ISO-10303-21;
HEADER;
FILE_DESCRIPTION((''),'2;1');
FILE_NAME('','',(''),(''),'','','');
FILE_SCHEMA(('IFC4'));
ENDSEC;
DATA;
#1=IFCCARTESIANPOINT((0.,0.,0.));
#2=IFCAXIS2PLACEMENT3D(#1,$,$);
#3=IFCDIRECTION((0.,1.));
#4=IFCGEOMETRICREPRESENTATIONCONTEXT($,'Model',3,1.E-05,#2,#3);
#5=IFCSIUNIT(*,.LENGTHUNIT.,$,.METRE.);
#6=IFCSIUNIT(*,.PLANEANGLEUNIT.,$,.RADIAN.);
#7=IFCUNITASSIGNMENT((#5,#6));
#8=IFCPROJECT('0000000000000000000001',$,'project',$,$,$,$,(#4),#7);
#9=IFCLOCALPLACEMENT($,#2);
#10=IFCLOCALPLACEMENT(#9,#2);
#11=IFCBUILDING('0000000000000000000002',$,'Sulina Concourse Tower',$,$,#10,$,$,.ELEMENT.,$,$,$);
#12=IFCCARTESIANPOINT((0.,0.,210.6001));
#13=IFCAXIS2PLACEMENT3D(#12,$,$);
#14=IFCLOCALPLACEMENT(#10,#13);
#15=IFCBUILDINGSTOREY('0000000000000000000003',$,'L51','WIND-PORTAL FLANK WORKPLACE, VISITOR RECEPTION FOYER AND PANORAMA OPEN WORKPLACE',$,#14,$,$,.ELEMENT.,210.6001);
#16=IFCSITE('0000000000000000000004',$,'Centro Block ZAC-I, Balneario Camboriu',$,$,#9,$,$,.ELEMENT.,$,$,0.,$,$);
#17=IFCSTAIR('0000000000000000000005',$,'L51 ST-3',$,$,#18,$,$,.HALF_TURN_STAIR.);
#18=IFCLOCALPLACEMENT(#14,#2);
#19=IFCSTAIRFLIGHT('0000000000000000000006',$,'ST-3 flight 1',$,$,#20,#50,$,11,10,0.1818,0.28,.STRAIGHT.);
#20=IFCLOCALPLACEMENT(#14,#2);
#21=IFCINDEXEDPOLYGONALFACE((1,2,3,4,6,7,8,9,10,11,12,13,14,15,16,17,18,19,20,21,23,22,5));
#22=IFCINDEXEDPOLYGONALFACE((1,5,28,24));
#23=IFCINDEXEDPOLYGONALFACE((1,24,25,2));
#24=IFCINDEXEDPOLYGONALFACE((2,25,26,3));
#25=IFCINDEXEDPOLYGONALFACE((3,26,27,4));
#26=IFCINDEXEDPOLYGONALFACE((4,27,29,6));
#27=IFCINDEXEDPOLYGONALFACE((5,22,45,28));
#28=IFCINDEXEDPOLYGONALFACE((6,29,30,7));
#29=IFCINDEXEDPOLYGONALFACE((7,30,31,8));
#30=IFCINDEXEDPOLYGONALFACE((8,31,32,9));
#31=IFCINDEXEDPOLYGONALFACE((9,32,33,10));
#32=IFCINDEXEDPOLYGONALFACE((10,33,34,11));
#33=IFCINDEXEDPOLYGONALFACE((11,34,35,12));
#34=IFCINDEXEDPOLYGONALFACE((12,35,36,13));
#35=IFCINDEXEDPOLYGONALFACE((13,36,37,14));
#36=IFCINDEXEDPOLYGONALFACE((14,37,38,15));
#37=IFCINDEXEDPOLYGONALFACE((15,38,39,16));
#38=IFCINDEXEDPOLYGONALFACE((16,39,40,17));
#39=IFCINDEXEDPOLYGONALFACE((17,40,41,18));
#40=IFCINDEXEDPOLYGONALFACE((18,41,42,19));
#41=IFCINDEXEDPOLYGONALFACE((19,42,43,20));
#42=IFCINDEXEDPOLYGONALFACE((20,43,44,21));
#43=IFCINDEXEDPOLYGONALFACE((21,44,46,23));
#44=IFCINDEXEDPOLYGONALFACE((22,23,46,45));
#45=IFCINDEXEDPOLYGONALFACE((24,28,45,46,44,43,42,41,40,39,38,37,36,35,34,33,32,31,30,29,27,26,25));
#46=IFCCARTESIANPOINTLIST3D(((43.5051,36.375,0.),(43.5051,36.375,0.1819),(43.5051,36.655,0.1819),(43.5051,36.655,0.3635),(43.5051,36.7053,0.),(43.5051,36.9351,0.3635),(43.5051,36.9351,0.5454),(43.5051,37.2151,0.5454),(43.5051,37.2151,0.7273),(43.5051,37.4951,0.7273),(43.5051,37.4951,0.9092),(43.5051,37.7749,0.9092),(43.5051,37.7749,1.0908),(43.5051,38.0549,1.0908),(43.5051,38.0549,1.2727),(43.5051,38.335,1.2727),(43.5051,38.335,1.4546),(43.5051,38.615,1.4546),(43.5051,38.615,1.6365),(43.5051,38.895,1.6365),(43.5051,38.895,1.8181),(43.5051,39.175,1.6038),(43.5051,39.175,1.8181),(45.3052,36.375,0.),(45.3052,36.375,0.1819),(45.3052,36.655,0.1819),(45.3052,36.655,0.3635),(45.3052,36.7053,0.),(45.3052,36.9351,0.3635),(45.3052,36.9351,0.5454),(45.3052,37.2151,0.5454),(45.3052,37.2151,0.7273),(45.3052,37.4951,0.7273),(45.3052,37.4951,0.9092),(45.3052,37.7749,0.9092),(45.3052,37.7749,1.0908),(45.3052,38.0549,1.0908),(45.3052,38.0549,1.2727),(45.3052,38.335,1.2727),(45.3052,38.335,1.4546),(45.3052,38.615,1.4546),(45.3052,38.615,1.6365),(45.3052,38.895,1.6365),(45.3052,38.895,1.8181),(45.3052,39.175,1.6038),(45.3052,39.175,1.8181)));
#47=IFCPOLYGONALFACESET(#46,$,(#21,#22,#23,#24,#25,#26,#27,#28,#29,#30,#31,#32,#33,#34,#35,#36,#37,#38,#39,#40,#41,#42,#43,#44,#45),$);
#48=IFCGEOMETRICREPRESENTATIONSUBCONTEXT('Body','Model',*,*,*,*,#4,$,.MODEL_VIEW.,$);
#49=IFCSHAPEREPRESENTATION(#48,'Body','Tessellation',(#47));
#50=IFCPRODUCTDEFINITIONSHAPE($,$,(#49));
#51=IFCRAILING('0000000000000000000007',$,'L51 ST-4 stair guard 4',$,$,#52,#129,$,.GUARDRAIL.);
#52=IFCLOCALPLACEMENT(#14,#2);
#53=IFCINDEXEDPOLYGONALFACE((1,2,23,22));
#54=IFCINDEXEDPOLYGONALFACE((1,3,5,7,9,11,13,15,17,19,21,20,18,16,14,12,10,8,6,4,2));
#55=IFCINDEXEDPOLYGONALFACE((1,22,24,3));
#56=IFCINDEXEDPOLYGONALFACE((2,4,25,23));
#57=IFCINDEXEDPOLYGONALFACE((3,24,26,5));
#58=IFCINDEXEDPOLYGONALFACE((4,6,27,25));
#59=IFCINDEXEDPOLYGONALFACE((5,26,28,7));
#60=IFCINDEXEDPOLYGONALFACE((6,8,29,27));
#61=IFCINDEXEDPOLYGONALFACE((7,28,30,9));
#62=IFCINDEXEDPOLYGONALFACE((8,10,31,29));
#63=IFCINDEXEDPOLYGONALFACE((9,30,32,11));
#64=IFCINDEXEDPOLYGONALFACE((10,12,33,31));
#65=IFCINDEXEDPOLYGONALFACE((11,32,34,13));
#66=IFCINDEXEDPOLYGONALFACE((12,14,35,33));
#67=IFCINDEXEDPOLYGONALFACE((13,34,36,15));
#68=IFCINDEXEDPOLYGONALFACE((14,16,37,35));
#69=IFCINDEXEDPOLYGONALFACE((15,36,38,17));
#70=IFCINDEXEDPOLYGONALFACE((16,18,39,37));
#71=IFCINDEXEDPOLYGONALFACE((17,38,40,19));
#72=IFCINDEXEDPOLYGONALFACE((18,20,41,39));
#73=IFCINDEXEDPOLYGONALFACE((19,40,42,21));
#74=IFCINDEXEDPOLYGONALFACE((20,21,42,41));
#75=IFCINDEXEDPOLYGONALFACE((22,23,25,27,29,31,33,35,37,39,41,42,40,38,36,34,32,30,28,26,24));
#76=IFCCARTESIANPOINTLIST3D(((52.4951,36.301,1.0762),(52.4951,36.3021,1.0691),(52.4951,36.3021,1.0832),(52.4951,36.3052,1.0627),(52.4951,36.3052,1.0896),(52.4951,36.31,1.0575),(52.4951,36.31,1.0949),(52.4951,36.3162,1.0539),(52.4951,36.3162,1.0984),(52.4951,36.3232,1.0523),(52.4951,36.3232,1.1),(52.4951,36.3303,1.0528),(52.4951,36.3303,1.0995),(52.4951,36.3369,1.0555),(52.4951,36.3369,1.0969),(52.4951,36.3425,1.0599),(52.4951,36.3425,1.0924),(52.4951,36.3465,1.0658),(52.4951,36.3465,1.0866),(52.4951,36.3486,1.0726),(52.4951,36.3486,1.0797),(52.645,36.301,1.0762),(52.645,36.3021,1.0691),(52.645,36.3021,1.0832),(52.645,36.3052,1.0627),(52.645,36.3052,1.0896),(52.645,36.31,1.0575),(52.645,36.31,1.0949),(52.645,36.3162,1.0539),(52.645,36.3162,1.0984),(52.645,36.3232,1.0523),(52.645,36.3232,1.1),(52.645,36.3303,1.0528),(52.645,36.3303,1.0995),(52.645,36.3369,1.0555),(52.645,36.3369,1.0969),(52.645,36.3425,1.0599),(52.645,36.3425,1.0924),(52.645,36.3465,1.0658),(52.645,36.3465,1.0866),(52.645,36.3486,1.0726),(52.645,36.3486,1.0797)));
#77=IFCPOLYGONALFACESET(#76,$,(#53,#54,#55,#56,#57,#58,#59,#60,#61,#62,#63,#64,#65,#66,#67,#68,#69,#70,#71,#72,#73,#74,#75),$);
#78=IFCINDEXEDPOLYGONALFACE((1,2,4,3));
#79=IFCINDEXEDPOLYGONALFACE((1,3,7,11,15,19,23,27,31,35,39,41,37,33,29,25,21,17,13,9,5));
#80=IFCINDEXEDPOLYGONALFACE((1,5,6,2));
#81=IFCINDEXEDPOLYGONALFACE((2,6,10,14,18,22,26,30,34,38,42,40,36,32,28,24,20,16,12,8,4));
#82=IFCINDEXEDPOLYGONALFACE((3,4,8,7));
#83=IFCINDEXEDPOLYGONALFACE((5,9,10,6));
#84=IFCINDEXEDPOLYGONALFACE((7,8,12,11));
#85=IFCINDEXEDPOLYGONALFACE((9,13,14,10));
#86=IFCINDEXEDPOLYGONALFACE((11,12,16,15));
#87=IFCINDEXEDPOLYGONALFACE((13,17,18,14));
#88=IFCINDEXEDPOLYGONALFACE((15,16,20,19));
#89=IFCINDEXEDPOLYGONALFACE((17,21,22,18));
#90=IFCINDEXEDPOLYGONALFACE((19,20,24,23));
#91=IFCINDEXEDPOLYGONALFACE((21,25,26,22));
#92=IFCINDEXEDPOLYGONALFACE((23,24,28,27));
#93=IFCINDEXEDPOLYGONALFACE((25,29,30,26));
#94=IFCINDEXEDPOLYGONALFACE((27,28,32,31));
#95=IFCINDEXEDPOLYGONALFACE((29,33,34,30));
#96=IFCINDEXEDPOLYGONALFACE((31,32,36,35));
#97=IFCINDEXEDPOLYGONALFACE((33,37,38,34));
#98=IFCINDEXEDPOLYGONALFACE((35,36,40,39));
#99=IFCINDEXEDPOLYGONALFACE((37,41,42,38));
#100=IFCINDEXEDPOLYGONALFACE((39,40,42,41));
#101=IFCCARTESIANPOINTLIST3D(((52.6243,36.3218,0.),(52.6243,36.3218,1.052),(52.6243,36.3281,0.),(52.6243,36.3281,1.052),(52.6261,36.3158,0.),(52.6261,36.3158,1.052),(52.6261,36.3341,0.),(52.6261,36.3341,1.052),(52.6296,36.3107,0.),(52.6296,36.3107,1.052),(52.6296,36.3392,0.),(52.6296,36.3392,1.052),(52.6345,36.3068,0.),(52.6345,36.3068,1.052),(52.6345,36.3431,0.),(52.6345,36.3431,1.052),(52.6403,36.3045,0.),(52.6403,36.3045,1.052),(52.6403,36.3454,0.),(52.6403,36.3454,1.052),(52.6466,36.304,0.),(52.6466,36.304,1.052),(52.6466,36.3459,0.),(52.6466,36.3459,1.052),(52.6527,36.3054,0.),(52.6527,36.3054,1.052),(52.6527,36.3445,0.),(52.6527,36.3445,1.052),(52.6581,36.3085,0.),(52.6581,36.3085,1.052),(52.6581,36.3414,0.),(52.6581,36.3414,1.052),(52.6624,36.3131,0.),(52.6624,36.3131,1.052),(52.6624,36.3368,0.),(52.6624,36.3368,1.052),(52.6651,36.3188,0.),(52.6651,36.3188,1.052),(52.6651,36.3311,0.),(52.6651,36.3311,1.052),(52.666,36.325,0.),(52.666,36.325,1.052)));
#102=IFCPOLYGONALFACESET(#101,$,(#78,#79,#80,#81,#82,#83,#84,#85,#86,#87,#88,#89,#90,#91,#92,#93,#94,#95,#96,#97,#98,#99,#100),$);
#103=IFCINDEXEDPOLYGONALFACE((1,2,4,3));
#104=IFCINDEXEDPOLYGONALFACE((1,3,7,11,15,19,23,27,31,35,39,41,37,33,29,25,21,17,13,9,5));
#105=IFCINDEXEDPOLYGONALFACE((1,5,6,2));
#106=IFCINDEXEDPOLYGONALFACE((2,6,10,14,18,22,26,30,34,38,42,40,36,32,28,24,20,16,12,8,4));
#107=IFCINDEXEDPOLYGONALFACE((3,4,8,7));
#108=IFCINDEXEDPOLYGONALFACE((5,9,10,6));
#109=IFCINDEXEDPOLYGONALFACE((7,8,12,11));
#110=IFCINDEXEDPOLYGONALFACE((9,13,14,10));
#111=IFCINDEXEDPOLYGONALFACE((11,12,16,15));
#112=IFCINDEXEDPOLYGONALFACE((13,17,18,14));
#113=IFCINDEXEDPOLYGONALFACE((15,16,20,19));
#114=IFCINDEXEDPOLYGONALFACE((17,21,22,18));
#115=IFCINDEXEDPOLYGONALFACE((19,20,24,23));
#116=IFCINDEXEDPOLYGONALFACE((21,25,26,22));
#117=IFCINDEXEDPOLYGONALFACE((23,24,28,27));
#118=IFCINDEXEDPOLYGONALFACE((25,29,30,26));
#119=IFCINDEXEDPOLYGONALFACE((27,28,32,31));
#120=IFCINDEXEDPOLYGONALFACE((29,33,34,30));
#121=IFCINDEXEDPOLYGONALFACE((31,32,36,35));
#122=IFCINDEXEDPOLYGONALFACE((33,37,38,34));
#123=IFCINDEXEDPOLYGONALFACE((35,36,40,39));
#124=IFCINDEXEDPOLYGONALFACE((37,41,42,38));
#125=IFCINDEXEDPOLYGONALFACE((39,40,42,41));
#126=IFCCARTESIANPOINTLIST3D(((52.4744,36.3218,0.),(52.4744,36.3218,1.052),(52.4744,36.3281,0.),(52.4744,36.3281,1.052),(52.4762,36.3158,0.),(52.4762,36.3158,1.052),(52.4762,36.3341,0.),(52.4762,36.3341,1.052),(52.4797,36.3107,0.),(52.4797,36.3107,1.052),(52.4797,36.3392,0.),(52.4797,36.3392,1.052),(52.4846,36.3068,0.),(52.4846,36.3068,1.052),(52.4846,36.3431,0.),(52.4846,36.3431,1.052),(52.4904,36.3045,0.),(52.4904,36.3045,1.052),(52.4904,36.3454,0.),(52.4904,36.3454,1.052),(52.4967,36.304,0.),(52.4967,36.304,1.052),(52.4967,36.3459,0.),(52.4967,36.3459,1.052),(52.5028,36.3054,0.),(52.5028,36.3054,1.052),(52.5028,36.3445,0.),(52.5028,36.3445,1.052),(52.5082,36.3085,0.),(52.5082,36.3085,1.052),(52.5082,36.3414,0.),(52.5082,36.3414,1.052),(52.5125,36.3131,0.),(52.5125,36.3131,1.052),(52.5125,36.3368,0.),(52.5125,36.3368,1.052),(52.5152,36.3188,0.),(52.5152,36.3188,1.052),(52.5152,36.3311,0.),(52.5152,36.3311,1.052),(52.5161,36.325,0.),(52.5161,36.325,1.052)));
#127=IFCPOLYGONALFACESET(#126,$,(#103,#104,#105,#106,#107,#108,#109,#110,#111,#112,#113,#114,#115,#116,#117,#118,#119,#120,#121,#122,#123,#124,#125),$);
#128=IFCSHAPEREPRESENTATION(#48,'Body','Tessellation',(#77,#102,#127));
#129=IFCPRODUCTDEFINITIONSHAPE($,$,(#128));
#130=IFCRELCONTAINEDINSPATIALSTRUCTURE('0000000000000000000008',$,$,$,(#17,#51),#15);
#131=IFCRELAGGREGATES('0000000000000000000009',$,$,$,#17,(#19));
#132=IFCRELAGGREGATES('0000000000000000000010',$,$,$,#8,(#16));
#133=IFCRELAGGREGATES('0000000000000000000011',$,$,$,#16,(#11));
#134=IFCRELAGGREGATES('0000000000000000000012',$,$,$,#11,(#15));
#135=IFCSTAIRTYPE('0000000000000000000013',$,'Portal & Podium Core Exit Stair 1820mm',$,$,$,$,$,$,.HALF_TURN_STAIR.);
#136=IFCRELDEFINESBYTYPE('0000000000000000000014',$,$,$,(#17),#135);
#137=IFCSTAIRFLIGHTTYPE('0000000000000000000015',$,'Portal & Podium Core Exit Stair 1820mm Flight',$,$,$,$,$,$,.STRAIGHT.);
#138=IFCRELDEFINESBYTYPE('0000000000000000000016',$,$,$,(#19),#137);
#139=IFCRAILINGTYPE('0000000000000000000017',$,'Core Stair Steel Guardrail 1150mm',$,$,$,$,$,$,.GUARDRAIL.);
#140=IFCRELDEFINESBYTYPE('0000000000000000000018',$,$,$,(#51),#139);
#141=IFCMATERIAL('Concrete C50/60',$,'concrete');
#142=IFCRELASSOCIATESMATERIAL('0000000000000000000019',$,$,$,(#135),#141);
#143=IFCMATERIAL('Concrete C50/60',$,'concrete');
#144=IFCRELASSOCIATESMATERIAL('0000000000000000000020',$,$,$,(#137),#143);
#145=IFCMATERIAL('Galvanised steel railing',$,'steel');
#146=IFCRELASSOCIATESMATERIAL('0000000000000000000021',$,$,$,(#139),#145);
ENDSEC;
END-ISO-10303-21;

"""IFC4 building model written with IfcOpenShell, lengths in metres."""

from ifc_helpers import new_model, si_unit, direction, frame, origin, origin_2d, place, context, subcontext, project, spatial, polyline, circle, outline, extrude, material, type_object, element, aggregate, save


model = new_model("IFC4")

# Units and contexts
model_context = context("Model", 3, precision=1e-05, world=origin(), true_north=direction((0.0, 1.0)))
body_context = subcontext(model_context, "Body", "Model", "MODEL_VIEW")
ifc_project = project(units=[si_unit("LENGTHUNIT", "METRE"), si_unit("PLANEANGLEUNIT", "RADIAN")], contexts=[model_context])

# Site, building, storey
site_placement = place(None, origin())
site = spatial("IfcSite", under=ifc_project, at=site_placement, Name="Centro Block ZAC-I, Balneario Camboriu", CompositionType="ELEMENT", RefElevation=0.0)
building_placement = place(site_placement, origin())
building = spatial("IfcBuilding", under=site, at=building_placement, Name="Sulina Concourse Tower", CompositionType="ELEMENT")
storey_placement = place(building_placement, frame((0.0, 0.0, 210.6001)))
storey = spatial("IfcBuildingStorey", under=building, at=storey_placement, Name="L51", Description="WIND-PORTAL FLANK WORKPLACE, VISITOR RECEPTION FOYER AND PANORAMA OPEN WORKPLACE", CompositionType="ELEMENT", Elevation=210.6001)

# Stair, stair flight
ifc_material_1 = material(Name="Concrete C50/60", Category="concrete")
stair_type = type_object("IfcStairType", Name="Portal & Podium Core Exit Stair 1820mm", PredefinedType="HALF_TURN_STAIR", material=ifc_material_1)
stair_placement = place(storey_placement, origin())
stair = element("IfcStair", 1, at=stair_placement, inside=storey, type_object=stair_type, Name="L51 ST-3", PredefinedType="HALF_TURN_STAIR")
ifc_material_2 = material(Name="Concrete C50/60", Category="concrete")
stair_flight_type = type_object("IfcStairFlightType", Name="Portal & Podium Core Exit Stair 1820mm Flight", PredefinedType="STRAIGHT", material=ifc_material_2)
stair_flight_placement = place(storey_placement, frame((44.405, 36.375, 0.0), z_axis=(0.0, 0.0, 1.0), x_axis=(0.0, 1.0, 0.0)))
stair_flight = element("IfcStairFlight", 2, at=stair_flight_placement, type_object=stair_flight_type, Name="ST-3 flight 1", NumberOfRisers=11, NumberOfTreads=10, PredefinedType="STRAIGHT", RiserHeight=0.1818, TreadLength=0.28, context=body_context, shape_type="SweptSolid", body=[
    extrude(outline(polyline([(0.0, 0.0), (0.0, 0.1819), (0.28, 0.1819), (0.28, 0.3635), (0.5601, 0.3635), (0.5601, 0.5454), (0.8401, 0.5454), (0.8401, 0.7273), (1.1201, 0.7273), (1.1201, 0.9092), (1.3999, 0.9092), (1.3999, 1.0908), (1.6799, 1.0908), (1.6799, 1.2727), (1.96, 1.2727), (1.96, 1.4546), (2.24, 1.4546), (2.24, 1.6365), (2.52, 1.6365), (2.52, 1.8181), (2.8, 1.8181), (2.8, 2.0), (2.8, 1.6038), (0.3303, 0.0), (0.0, 0.0)])), frame((0.0, 0.8999, 0.0), z_axis=(0.0, -1.0, 0.0), x_axis=(1.0, 0.0, 0.0)), (0.0, 0.0, 1.0), 1.8),
])
aggregate(stair, [stair_flight])

# Railing
ifc_material_3 = material(Name="Galvanised steel railing", Category="steel")
railing_type_1 = type_object("IfcRailingType", Name="Core Stair Steel Guardrail 1150mm", PredefinedType="GUARDRAIL", material=ifc_material_3)
railing_1_placement = place(storey_placement, frame((52.645, 36.325, 0.0)))
element("IfcRailing", 3, at=railing_1_placement, inside=storey, type_object=railing_type_1, Name="L51 ST-4 stair guard 4", PredefinedType="GUARDRAIL", context=body_context, shape_type="SweptSolid", body=[
    extrude(circle(Radius=0.0239, at=origin_2d()), frame((0.0, 0.0, 1.0762), z_axis=(-1.0, 0.0, 0.0), x_axis=(0.0, -1.0, 0.0)), (0.0, 0.0, 1.0), 0.1499),
    extrude(circle(Radius=0.021, at=origin_2d()), origin(), (0.0, 0.0, 1.0), 1.052),
    extrude(circle(Radius=0.021, at=origin_2d()), frame((-0.1499, 0.0, 0.0)), (0.0, 0.0, 1.0), 1.052),
])

save(model, "model.ifc")
